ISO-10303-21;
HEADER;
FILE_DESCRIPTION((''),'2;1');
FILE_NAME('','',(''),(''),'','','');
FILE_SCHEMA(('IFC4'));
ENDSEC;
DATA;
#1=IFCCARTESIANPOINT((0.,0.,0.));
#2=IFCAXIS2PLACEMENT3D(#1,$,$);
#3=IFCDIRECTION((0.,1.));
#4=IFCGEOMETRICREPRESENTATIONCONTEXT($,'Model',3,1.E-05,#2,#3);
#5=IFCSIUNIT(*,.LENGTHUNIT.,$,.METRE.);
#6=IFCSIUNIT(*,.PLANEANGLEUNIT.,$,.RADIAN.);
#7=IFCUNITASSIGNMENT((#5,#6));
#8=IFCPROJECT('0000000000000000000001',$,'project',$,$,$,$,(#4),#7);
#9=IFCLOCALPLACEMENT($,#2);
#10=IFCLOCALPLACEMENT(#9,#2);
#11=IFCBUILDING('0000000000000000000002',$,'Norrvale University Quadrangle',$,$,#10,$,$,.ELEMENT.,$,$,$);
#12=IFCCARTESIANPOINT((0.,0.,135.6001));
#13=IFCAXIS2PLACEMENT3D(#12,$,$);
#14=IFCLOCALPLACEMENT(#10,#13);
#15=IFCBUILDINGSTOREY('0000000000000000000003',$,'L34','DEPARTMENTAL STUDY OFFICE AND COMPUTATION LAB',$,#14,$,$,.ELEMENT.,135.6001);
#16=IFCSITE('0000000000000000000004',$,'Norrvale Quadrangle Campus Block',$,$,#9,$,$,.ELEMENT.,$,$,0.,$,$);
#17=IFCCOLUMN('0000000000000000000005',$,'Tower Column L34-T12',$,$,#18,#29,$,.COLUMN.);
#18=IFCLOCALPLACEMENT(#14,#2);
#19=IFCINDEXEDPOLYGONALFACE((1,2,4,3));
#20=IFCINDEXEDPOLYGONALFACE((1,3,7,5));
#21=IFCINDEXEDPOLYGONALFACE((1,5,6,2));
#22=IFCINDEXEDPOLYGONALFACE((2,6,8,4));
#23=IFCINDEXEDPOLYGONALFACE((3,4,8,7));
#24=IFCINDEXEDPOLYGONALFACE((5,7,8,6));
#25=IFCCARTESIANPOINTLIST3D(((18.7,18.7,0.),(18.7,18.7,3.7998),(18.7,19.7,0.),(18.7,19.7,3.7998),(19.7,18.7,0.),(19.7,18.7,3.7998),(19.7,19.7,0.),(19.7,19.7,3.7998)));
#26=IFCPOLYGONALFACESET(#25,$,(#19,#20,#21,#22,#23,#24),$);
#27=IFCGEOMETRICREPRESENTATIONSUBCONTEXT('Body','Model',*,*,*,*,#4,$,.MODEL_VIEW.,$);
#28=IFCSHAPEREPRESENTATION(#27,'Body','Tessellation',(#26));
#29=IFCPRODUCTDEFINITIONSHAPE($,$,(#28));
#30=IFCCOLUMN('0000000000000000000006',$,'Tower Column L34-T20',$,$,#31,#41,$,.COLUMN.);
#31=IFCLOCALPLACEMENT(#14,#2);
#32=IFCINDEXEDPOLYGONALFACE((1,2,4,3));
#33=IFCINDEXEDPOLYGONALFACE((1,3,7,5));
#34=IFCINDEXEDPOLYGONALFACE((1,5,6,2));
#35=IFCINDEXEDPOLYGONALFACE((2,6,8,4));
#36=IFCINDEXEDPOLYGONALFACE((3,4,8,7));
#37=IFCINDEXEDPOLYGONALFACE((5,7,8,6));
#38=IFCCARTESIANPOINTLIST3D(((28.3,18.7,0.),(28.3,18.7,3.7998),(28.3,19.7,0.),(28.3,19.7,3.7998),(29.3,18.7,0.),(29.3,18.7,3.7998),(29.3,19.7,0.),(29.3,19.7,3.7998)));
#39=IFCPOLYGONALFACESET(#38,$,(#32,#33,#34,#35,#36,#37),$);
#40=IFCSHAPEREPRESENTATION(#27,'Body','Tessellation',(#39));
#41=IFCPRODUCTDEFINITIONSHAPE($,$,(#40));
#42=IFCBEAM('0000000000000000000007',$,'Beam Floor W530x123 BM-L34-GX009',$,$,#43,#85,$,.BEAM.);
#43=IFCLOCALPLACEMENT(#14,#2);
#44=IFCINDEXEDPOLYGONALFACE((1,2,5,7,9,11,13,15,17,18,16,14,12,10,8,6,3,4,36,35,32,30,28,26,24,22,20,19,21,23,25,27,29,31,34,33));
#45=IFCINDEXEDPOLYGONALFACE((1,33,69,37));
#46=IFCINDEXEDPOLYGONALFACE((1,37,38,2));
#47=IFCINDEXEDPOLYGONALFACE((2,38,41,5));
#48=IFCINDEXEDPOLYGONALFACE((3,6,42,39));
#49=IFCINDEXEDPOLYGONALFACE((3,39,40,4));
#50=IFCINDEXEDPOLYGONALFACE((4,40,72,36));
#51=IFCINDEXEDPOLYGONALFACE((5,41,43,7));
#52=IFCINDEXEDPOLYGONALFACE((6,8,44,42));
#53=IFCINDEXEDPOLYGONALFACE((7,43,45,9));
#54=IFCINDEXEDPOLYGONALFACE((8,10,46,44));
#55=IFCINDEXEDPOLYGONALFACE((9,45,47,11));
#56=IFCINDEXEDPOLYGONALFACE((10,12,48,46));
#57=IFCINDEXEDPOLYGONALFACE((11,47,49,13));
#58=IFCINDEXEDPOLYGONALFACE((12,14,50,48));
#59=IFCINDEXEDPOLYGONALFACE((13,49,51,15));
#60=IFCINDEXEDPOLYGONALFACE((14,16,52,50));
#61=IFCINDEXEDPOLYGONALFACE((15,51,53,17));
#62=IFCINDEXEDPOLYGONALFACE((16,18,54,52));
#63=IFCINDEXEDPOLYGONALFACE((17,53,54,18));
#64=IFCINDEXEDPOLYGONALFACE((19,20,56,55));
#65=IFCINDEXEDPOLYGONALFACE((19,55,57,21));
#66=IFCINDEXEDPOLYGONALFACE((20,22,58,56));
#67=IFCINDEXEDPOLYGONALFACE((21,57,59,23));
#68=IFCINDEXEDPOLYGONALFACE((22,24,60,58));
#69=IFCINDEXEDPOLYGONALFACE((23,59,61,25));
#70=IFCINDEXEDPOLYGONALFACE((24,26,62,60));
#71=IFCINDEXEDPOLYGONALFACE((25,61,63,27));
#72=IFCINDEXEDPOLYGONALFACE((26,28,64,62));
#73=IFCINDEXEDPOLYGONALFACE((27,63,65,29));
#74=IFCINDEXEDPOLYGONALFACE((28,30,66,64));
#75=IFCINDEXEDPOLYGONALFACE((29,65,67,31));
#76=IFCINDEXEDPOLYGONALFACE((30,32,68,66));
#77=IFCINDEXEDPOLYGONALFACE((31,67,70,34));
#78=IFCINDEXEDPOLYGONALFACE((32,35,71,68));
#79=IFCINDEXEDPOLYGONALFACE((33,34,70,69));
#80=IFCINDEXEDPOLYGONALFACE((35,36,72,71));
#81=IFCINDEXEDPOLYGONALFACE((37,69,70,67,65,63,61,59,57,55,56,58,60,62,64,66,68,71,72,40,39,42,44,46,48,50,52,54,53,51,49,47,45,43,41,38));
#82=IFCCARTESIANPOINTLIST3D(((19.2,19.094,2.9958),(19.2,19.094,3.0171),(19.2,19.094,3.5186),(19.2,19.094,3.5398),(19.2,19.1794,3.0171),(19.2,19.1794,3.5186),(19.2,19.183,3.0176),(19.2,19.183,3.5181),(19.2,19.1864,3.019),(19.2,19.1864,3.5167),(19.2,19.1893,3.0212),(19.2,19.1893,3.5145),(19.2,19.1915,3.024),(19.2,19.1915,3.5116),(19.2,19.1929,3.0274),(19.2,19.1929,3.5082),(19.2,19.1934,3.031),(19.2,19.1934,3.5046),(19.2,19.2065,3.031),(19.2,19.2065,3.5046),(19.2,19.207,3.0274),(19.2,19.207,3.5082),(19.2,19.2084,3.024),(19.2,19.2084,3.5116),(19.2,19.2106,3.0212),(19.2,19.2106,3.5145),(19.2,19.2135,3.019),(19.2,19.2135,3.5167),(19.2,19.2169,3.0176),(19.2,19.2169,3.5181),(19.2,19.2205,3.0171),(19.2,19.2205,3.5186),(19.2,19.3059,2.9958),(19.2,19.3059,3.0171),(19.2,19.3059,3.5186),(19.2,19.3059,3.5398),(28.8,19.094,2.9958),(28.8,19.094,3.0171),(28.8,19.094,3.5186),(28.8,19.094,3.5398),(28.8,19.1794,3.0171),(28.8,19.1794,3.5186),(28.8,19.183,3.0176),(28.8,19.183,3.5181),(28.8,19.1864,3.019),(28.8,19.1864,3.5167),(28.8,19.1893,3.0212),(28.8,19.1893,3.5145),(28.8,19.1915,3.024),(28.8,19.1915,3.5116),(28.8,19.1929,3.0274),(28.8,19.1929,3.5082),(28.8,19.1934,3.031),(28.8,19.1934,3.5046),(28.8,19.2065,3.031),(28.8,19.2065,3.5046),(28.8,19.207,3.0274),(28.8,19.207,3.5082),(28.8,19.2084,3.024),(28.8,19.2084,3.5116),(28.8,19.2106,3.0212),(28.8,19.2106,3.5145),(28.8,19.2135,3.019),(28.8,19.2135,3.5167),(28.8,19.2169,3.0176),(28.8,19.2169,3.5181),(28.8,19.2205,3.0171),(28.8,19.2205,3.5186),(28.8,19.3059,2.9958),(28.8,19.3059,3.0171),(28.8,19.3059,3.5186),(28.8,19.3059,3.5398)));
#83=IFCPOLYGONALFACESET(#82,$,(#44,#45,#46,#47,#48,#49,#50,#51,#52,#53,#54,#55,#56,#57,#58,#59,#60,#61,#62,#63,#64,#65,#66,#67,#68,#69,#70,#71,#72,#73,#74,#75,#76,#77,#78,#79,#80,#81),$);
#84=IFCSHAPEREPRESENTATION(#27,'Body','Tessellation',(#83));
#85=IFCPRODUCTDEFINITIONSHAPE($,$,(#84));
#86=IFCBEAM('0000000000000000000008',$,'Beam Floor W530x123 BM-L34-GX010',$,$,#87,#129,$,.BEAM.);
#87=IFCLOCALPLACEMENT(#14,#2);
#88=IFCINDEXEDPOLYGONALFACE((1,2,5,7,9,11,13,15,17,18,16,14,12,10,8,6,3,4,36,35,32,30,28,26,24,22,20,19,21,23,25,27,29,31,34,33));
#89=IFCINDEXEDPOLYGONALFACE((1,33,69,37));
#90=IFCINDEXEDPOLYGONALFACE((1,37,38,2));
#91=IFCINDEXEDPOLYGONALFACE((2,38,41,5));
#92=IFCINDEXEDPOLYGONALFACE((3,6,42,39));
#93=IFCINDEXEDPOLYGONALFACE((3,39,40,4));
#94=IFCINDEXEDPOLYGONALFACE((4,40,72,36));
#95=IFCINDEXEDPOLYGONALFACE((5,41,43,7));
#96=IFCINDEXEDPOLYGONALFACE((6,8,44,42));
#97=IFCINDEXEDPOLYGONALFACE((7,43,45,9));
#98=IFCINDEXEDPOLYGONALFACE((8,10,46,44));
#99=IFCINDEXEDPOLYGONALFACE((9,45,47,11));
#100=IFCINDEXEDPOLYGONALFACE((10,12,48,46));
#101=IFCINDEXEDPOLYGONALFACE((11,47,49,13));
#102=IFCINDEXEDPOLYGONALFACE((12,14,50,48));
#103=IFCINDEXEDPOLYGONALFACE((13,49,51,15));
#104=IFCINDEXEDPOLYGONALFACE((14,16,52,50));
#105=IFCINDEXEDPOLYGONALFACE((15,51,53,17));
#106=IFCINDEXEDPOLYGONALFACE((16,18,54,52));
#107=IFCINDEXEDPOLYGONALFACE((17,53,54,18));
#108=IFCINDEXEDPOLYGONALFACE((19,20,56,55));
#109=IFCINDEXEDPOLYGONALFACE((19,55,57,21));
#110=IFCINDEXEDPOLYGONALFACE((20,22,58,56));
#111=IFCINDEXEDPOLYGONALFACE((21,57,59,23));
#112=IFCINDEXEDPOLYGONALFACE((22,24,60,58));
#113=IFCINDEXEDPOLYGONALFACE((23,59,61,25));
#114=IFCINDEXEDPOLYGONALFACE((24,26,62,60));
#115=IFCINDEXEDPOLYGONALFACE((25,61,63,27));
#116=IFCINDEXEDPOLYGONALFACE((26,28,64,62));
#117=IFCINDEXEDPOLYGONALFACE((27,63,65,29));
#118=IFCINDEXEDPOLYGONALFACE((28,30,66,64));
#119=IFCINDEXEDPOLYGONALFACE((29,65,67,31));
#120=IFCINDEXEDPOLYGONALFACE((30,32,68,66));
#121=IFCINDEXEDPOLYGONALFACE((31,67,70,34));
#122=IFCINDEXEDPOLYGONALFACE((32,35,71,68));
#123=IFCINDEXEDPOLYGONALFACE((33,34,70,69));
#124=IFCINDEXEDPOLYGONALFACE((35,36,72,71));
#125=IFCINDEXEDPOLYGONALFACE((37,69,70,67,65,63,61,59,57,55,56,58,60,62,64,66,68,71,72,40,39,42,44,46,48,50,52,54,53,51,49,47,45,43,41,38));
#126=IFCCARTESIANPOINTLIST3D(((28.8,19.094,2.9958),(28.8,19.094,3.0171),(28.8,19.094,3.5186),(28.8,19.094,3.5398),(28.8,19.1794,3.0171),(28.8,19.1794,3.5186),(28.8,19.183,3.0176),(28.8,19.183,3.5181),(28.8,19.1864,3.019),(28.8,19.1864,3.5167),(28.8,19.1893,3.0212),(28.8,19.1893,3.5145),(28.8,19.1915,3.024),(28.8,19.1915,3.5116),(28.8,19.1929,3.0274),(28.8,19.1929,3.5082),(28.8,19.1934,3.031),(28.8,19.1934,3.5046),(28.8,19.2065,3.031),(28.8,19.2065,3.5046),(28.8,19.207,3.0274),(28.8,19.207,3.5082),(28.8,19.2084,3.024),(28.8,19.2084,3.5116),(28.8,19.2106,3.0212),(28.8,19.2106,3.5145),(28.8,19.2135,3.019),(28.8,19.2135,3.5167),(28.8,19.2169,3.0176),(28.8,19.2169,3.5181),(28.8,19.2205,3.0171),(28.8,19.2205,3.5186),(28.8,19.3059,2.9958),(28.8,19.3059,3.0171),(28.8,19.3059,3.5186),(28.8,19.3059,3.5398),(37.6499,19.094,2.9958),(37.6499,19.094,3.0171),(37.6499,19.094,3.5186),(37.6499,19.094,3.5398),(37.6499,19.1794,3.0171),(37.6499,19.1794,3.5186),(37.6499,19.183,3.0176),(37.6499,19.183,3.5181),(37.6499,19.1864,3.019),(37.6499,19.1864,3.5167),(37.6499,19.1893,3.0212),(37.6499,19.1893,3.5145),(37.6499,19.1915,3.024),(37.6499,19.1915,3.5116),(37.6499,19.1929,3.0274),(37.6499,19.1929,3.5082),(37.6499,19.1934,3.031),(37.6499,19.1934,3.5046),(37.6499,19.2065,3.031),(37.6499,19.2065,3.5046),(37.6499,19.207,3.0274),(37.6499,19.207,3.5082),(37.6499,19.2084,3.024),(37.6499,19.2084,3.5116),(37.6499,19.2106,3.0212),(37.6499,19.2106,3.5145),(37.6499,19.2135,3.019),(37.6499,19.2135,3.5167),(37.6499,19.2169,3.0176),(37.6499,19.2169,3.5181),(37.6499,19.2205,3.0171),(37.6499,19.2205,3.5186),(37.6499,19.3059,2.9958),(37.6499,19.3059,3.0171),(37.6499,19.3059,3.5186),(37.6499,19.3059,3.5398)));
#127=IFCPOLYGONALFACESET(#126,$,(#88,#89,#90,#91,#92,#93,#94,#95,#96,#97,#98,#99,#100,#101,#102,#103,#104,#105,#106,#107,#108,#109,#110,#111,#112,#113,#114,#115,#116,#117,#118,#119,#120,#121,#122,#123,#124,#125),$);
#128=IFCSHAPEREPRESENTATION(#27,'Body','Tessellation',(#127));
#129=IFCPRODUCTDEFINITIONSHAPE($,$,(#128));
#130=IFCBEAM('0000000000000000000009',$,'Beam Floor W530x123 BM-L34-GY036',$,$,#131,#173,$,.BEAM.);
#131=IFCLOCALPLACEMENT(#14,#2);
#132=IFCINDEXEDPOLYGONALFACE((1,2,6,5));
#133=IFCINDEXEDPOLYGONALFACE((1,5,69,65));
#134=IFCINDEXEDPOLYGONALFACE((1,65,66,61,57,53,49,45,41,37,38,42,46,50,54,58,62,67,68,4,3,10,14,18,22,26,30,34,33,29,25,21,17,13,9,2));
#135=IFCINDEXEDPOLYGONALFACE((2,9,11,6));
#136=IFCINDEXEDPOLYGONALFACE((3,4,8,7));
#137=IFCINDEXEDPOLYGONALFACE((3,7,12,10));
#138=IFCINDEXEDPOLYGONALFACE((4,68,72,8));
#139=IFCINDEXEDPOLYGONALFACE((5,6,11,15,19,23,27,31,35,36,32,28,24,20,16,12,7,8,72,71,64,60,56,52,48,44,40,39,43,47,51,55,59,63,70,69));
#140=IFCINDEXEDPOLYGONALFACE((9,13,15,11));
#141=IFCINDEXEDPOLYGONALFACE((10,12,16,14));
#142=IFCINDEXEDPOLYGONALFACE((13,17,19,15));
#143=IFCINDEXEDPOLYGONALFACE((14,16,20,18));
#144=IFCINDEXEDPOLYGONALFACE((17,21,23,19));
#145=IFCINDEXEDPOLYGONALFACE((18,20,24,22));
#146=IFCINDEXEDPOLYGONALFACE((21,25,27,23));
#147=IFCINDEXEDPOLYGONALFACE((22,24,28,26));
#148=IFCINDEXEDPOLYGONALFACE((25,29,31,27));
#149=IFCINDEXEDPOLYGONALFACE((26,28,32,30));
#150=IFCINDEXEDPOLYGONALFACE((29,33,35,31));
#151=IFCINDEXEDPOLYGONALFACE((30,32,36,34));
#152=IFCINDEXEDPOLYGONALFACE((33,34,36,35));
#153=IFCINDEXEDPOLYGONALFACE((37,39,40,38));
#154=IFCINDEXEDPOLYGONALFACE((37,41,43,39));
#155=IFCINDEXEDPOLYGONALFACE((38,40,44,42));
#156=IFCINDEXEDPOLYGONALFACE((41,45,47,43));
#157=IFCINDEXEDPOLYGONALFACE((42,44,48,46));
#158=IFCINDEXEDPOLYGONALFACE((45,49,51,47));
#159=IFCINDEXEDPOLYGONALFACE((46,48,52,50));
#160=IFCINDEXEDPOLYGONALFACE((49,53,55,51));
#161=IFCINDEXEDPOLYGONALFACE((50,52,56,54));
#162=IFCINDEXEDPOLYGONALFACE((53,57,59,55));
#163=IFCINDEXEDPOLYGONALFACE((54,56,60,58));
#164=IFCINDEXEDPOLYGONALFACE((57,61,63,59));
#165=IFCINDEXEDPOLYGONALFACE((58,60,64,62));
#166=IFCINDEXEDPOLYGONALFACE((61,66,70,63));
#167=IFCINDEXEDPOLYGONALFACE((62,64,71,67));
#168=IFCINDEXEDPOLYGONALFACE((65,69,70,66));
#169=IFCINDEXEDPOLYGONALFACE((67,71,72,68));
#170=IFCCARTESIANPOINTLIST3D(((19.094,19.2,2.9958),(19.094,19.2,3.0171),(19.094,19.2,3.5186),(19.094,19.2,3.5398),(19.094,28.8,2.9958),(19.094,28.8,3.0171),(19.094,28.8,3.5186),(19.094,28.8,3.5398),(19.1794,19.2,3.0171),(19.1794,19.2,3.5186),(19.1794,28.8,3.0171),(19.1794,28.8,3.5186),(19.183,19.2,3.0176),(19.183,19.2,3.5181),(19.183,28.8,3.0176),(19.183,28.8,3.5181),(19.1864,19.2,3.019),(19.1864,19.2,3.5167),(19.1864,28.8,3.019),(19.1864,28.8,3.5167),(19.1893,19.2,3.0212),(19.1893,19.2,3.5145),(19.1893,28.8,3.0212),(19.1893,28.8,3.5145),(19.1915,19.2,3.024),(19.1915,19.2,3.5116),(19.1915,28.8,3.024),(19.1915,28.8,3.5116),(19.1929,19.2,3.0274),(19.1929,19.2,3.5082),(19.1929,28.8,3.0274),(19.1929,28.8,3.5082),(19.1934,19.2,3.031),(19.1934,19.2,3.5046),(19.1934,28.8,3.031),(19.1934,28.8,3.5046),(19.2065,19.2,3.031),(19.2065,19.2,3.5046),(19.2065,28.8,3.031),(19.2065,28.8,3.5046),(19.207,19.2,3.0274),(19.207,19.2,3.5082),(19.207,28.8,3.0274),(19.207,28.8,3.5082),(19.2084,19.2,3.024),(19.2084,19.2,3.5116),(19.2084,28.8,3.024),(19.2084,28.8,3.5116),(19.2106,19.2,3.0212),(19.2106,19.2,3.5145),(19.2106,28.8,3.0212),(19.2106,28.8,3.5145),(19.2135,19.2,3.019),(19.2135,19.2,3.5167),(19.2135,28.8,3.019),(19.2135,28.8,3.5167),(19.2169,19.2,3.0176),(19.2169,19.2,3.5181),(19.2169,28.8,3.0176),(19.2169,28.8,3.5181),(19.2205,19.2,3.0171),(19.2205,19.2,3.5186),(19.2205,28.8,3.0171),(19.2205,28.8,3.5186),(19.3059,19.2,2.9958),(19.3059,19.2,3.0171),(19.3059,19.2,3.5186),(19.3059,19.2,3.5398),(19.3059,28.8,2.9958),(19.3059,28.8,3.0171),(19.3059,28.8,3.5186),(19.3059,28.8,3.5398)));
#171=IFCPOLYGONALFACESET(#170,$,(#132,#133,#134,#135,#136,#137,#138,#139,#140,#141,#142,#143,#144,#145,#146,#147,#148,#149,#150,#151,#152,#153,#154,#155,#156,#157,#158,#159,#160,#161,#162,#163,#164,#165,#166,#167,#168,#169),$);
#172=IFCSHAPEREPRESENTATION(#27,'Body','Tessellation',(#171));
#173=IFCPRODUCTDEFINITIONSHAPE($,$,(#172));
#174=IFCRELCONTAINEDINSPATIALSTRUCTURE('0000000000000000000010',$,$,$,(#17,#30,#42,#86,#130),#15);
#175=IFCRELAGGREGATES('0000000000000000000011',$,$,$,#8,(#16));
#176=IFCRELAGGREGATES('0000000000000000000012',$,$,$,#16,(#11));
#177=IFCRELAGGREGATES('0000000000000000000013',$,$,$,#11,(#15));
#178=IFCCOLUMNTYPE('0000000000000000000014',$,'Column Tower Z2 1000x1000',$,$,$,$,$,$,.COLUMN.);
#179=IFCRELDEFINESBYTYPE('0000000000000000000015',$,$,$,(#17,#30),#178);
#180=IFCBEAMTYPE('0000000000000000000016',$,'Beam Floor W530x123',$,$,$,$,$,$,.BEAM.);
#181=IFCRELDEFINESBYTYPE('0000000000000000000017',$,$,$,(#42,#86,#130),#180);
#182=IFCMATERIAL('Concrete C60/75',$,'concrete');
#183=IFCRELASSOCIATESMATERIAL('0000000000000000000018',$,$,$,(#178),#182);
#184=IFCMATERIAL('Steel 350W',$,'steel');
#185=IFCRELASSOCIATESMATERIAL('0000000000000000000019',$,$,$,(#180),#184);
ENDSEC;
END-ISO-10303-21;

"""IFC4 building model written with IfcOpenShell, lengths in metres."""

from ifc_helpers import new_model, si_unit, direction, frame, origin, origin_2d, place, context, subcontext, project, spatial, rectangle, i_section, extrude, material, material_profile, profile_set, type_object, element, save


model = new_model("IFC4")

# Units and contexts
model_context = context("Model", 3, precision=1e-05, world=origin(), true_north=direction((0.0, 1.0)))
body_context = subcontext(model_context, "Body", "Model", "MODEL_VIEW")
ifc_project = project(units=[si_unit("LENGTHUNIT", "METRE"), si_unit("PLANEANGLEUNIT", "RADIAN")], contexts=[model_context])

# Site, building, storey
site_placement = place(None, origin())
site = spatial("IfcSite", under=ifc_project, at=site_placement, Name="Norrvale Quadrangle Campus Block", CompositionType="ELEMENT", RefElevation=0.0)
building_placement = place(site_placement, origin())
building = spatial("IfcBuilding", under=site, at=building_placement, Name="Norrvale University Quadrangle", CompositionType="ELEMENT")
storey_placement = place(building_placement, frame((0.0, 0.0, 135.6001)))
storey = spatial("IfcBuildingStorey", under=building, at=storey_placement, Name="L34", Description="DEPARTMENTAL STUDY OFFICE AND COMPUTATION LAB", CompositionType="ELEMENT", Elevation=135.6001)

# Columns
ifc_material_1 = material(Name="Concrete C60/75", Category="concrete")
ifc_material_profile_1 = material_profile(ifc_material_1, rectangle(XDim=1.0, YDim=1.0, at=origin_2d()), Name="Concrete C60/75")
ifc_profile_set_1 = profile_set([ifc_material_profile_1], Name="Concrete C60/75")
column_type = type_object("IfcColumnType", Name="Column Tower Z2 1000x1000", PredefinedType="COLUMN", material=ifc_profile_set_1)
for number, where, z_axis, x_axis, name in (
    (1, (19.2, 19.2, 0.0), (0.0, 0.0, 1.0), (1.0, 0.0, 0.0), "Tower Column L34-T12"),
    (2, (28.8, 19.2, 0.0), (0.0, 0.0, 1.0), (1.0, 0.0, 0.0), "Tower Column L34-T20"),
):
    element("IfcColumn", number, at=place(storey_placement, frame(where, z_axis=z_axis, x_axis=x_axis)), inside=storey, type_object=column_type, Name=name, PredefinedType="COLUMN", context=body_context, shape_type="SweptSolid", body=[
        extrude(rectangle(XDim=1.0, YDim=1.0, at=origin_2d()), origin(), (0.0, 0.0, 1.0), 3.7998),
    ])

# Beams
ifc_material_2 = material(Name="Steel 350W", Category="steel")
ifc_material_profile_2 = material_profile(ifc_material_2, i_section(OverallWidth=0.2119, OverallDepth=0.5439, WebThickness=0.0132, FlangeThickness=0.0212, FilletRadius=0.0139, at=origin_2d()), Name="Steel 350W")
ifc_profile_set_2 = profile_set([ifc_material_profile_2], Name="Steel 350W")
beam_type_1 = type_object("IfcBeamType", Name="Beam Floor W530x123", PredefinedType="BEAM", material=ifc_profile_set_2)
beam_1_placement = place(storey_placement, frame((19.2, 19.2, 3.2678), z_axis=(1.0, 0.0, 0.0), x_axis=(0.0, 1.0, 0.0)))
element("IfcBeam", 3, at=beam_1_placement, inside=storey, type_object=beam_type_1, Name="Beam Floor W530x123 BM-L34-GX009", PredefinedType="BEAM", context=body_context, shape_type="SweptSolid", body=[
    extrude(i_section(OverallWidth=0.2119, OverallDepth=0.5439, WebThickness=0.0132, FlangeThickness=0.0212, FilletRadius=0.0139, at=origin_2d()), origin(), (0.0, 0.0, 1.0), 9.6001),
])
beam_2_placement = place(storey_placement, frame((28.8, 19.2, 3.2678), z_axis=(1.0, 0.0, 0.0), x_axis=(0.0, 1.0, 0.0)))
element("IfcBeam", 4, at=beam_2_placement, inside=storey, type_object=beam_type_1, Name="Beam Floor W530x123 BM-L34-GX010", PredefinedType="BEAM", context=body_context, shape_type="SweptSolid", body=[
    extrude(i_section(OverallWidth=0.2119, OverallDepth=0.5439, WebThickness=0.0132, FlangeThickness=0.0212, FilletRadius=0.0139, at=origin_2d()), origin(), (0.0, 0.0, 1.0), 8.8499),
])
for number, where, z_axis, x_axis, name in (
    (5, (19.2, 19.2, 3.2678), (0.0, 1.0, 0.0), (-1.0, 0.0, 0.0), "Beam Floor W530x123 BM-L34-GY036"),
):
    element("IfcBeam", number, at=place(storey_placement, frame(where, z_axis=z_axis, x_axis=x_axis)), inside=storey, type_object=beam_type_1, Name=name, PredefinedType="BEAM", context=body_context, shape_type="SweptSolid", body=[
        extrude(i_section(OverallWidth=0.2119, OverallDepth=0.5439, WebThickness=0.0132, FlangeThickness=0.0212, FilletRadius=0.0139, at=origin_2d()), origin(), (0.0, 0.0, 1.0), 9.6001),
    ])

save(model, "model.ifc")
